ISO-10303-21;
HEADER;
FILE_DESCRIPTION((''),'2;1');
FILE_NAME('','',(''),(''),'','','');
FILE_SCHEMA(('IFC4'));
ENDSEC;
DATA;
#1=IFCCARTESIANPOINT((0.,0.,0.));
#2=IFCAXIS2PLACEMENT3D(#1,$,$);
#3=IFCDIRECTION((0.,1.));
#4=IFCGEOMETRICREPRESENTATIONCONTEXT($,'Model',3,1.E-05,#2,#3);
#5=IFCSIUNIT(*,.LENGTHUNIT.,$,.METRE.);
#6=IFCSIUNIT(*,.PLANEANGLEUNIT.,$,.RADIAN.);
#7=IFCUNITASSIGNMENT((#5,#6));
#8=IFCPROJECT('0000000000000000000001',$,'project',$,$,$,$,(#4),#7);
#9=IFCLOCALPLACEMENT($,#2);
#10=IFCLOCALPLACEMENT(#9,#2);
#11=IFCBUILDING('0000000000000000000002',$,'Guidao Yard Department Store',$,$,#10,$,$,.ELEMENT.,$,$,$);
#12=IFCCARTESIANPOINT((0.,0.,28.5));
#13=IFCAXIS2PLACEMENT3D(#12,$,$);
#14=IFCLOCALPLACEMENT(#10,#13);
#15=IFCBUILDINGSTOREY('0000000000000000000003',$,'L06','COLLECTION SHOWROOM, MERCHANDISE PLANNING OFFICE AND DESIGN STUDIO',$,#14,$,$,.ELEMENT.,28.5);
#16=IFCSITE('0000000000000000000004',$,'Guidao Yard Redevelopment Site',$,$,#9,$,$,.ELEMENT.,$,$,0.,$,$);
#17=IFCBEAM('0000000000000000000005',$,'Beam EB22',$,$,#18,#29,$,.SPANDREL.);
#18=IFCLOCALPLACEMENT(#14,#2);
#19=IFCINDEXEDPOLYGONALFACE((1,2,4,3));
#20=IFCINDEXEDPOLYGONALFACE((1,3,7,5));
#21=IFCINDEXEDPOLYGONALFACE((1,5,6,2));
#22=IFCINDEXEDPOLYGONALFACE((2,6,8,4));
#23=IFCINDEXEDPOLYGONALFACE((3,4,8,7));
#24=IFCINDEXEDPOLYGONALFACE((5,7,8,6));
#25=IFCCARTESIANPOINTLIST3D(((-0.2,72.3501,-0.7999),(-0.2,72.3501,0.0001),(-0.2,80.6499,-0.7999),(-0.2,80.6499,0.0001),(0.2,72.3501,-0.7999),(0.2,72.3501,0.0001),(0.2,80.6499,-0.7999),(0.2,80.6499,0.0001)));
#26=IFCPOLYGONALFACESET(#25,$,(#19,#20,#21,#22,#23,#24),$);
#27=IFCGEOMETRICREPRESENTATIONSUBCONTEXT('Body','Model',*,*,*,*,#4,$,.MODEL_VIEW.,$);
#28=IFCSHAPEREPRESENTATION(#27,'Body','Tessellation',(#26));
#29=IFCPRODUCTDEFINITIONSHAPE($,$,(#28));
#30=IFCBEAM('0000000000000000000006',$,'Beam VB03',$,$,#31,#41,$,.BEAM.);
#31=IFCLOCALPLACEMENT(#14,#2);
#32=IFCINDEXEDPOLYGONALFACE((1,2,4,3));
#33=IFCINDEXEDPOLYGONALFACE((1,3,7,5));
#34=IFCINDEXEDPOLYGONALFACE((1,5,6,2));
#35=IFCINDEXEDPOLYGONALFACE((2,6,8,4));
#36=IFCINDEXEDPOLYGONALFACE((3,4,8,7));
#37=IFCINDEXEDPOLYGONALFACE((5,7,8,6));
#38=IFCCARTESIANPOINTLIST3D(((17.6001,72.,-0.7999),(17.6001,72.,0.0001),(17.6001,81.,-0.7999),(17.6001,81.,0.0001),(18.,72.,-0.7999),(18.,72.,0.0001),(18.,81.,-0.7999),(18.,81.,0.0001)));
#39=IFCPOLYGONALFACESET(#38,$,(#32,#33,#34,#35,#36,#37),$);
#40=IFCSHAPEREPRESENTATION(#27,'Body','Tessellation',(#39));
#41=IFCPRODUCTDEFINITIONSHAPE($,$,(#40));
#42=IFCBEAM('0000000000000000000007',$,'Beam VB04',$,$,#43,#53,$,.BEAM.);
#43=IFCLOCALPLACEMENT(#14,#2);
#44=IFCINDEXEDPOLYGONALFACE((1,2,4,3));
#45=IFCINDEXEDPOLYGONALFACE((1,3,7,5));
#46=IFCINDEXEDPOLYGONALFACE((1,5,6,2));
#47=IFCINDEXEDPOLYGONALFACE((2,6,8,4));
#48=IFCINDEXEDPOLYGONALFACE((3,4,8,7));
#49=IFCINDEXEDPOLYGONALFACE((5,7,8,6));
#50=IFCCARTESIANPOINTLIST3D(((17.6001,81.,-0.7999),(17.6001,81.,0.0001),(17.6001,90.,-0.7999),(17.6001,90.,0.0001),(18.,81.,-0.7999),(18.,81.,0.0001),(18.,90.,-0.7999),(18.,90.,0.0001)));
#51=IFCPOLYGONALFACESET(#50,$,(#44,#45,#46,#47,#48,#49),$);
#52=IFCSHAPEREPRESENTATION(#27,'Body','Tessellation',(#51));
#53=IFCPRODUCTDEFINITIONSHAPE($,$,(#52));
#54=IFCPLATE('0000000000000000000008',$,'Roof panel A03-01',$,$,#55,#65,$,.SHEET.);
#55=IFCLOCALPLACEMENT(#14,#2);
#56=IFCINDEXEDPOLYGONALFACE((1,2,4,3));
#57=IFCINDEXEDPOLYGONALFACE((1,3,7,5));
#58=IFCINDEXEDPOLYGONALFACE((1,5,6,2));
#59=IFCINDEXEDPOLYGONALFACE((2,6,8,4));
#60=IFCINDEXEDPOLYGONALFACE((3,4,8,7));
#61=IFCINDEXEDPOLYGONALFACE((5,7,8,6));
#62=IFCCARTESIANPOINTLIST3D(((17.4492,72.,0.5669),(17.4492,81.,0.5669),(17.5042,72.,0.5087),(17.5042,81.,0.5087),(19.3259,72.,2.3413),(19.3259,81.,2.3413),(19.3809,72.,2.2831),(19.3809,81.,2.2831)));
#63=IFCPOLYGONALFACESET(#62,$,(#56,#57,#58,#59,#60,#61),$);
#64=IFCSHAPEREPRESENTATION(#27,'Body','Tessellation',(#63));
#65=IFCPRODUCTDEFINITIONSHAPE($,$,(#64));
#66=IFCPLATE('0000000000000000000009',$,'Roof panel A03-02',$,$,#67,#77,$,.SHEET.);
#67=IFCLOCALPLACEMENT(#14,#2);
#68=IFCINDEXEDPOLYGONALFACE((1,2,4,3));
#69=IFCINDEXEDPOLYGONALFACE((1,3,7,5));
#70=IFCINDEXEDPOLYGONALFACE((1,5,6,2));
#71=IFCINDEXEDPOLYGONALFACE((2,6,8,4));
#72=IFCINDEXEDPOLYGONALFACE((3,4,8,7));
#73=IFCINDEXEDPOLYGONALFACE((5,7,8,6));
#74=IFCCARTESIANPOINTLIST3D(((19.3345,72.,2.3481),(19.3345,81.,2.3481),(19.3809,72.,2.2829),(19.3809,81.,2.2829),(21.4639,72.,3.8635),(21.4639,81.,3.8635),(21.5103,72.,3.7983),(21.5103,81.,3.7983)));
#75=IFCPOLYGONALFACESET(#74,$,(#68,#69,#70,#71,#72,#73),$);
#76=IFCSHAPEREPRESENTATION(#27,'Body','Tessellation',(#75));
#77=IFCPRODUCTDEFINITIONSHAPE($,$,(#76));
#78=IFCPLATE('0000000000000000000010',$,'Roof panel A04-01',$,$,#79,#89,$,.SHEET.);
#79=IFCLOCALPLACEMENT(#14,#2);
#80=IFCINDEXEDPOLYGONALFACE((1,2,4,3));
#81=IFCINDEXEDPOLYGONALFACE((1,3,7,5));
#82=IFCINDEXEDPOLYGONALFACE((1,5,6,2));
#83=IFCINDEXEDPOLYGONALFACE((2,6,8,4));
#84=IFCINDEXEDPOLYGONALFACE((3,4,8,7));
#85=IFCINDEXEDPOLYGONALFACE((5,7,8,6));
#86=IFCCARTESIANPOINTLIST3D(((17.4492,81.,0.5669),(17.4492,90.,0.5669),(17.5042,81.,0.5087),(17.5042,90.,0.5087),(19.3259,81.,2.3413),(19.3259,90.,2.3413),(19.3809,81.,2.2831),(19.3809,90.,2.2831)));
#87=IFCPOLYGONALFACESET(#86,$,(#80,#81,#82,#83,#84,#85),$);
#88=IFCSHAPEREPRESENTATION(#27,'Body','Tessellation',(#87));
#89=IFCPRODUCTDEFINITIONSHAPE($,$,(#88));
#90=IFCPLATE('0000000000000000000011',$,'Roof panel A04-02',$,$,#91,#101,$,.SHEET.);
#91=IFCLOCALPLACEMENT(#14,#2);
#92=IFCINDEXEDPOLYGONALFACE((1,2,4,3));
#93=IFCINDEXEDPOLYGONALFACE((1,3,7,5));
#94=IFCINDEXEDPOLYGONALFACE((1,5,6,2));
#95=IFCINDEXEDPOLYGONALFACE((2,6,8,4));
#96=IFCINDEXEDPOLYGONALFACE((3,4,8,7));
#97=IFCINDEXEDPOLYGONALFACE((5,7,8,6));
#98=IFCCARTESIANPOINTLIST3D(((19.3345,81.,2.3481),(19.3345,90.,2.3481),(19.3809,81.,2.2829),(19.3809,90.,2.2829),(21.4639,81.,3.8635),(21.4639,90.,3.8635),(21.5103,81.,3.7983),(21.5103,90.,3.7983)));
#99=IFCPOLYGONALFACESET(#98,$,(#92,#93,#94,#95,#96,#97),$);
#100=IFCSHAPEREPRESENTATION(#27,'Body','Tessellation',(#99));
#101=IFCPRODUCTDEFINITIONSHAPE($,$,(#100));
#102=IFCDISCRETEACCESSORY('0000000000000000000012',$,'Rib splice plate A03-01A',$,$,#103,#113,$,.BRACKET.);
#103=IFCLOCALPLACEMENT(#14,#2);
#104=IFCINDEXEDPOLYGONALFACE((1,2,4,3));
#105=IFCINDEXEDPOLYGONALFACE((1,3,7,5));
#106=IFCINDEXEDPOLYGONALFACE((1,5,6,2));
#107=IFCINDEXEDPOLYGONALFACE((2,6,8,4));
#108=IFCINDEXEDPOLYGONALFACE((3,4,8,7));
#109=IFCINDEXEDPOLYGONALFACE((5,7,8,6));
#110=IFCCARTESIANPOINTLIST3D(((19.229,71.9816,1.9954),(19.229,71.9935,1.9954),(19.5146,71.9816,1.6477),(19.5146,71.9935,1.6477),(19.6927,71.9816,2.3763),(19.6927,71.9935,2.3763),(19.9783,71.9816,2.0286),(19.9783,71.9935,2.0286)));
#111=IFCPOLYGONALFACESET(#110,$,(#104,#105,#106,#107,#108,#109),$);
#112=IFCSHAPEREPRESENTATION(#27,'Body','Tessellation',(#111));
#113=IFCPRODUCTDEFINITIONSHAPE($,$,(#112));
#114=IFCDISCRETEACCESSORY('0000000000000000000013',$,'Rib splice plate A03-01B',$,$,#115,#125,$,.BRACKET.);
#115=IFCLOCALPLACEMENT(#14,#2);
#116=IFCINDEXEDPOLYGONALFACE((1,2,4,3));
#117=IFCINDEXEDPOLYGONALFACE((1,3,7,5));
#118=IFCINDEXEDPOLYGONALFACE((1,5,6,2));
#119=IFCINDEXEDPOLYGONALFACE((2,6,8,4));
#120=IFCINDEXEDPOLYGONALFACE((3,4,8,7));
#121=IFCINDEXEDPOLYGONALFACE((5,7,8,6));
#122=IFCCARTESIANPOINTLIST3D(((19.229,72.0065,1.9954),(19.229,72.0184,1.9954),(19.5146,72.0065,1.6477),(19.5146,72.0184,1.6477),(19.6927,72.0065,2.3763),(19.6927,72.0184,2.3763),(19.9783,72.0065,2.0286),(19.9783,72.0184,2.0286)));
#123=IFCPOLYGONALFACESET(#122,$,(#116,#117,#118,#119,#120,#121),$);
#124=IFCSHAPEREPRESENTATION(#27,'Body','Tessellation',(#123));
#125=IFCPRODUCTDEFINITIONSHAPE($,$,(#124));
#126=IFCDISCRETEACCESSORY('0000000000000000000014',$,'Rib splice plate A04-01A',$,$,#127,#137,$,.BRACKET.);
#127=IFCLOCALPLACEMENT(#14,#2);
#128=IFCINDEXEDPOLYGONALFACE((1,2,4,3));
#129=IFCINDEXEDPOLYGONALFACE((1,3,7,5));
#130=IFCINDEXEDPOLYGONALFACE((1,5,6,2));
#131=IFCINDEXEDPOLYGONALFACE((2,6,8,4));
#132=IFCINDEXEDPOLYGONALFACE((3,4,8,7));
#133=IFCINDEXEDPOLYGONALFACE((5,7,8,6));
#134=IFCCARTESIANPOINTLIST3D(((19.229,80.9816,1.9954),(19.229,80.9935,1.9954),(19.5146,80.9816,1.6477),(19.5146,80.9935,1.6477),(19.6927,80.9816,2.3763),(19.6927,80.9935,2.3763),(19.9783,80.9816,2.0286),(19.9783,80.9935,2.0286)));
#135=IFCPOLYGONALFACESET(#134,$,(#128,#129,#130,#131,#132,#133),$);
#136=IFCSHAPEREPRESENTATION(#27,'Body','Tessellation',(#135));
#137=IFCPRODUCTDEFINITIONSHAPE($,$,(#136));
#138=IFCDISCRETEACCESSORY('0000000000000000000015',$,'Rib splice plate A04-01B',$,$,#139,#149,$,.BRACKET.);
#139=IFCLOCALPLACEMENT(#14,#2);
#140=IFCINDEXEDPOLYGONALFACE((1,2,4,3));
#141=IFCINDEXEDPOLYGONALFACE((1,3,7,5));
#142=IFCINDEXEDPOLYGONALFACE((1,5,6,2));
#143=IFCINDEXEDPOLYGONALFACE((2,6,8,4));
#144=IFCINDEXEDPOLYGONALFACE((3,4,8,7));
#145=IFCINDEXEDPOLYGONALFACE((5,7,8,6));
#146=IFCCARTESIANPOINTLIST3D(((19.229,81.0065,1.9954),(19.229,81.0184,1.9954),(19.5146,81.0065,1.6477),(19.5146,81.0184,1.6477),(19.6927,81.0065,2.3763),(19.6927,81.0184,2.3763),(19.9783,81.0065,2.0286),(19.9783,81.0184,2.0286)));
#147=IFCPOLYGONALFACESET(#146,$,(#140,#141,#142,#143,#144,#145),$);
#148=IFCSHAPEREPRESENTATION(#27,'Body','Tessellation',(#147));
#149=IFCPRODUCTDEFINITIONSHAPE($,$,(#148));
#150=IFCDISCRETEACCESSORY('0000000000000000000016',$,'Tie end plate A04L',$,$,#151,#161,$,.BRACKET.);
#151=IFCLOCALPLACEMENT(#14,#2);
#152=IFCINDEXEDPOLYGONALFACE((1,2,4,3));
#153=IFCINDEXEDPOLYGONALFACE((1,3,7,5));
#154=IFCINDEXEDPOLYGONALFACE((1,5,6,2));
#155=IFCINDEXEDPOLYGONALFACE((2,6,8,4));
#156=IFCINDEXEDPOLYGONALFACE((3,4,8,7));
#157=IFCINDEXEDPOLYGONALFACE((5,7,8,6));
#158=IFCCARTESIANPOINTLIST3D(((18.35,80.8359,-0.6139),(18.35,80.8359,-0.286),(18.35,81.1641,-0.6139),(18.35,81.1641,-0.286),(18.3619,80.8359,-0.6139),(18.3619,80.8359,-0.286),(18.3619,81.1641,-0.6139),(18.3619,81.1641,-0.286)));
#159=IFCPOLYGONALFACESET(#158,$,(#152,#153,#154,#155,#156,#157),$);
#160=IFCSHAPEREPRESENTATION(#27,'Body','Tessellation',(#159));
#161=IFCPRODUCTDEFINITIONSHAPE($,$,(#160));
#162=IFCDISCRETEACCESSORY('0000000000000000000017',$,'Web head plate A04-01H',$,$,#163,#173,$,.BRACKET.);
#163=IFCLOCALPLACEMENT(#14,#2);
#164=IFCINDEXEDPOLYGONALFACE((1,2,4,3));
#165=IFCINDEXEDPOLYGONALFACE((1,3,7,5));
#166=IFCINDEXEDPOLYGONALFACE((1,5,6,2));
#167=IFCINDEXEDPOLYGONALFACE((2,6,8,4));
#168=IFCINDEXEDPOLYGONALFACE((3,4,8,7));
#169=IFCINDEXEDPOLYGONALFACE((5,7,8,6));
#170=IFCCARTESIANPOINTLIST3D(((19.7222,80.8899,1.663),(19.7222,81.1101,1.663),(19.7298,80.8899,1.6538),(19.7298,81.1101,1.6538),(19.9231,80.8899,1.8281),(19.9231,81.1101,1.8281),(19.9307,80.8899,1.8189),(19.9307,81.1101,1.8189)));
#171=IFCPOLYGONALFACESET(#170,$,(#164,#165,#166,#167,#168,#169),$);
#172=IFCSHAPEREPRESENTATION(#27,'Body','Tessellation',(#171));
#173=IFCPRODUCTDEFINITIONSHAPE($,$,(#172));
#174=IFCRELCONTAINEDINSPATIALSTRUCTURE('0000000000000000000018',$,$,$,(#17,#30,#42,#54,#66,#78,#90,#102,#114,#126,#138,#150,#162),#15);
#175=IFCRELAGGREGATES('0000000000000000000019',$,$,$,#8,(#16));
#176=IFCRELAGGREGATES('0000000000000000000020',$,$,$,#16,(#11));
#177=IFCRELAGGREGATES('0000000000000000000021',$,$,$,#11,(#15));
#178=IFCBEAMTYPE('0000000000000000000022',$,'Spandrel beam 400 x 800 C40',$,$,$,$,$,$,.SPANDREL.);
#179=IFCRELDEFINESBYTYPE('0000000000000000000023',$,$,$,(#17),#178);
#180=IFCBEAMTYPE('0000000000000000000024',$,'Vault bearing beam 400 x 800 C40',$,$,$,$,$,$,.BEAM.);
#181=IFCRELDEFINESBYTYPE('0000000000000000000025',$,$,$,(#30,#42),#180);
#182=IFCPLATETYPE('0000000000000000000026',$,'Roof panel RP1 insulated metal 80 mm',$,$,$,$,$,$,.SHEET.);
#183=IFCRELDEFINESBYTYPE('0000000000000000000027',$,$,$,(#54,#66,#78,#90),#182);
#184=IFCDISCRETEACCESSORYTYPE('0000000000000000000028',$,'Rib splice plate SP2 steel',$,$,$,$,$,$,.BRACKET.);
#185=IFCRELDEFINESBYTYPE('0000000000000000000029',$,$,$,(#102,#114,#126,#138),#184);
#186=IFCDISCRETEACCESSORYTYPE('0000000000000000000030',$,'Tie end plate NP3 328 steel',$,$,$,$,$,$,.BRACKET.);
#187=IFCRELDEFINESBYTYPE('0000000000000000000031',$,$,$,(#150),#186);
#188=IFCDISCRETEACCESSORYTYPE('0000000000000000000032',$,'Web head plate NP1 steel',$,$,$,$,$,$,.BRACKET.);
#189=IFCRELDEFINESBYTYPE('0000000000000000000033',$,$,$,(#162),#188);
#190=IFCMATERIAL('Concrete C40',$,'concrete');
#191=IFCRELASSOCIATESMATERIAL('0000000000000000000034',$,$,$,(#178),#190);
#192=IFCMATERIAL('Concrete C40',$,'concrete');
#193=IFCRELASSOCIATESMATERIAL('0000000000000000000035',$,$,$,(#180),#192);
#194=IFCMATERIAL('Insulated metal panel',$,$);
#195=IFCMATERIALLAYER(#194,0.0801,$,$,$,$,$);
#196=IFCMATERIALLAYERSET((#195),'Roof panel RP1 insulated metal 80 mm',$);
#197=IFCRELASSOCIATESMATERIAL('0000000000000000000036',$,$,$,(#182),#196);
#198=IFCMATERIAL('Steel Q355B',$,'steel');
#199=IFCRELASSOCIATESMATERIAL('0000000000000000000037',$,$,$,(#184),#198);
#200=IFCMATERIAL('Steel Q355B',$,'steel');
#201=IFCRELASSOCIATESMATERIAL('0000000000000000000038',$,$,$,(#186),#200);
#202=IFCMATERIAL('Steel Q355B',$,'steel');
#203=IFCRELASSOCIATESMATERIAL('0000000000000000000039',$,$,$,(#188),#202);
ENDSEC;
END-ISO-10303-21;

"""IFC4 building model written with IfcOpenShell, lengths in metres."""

from ifc_helpers import new_model, si_unit, direction, frame, origin, origin_2d, place, context, subcontext, project, spatial, polyline, rectangle, outline, extrude, material, layer, layer_set, material_profile, profile_set, type_object, element, save


model = new_model("IFC4")

# Units and contexts
model_context = context("Model", 3, precision=1e-05, world=origin(), true_north=direction((0.0, 1.0)))
body_context = subcontext(model_context, "Body", "Model", "MODEL_VIEW")
ifc_project = project(units=[si_unit("LENGTHUNIT", "METRE"), si_unit("PLANEANGLEUNIT", "RADIAN")], contexts=[model_context])

# Site, building, storey
site_placement = place(None, origin())
site = spatial("IfcSite", under=ifc_project, at=site_placement, Name="Guidao Yard Redevelopment Site", CompositionType="ELEMENT", RefElevation=0.0)
building_placement = place(site_placement, origin())
building = spatial("IfcBuilding", under=site, at=building_placement, Name="Guidao Yard Department Store", CompositionType="ELEMENT")
storey_placement = place(building_placement, frame((0.0, 0.0, 28.5)))
storey = spatial("IfcBuildingStorey", under=building, at=storey_placement, Name="L06", Description="COLLECTION SHOWROOM, MERCHANDISE PLANNING OFFICE AND DESIGN STUDIO", CompositionType="ELEMENT", Elevation=28.5)

# Beams
ifc_material_1 = material(Name="Concrete C40", Category="concrete")
ifc_material_profile_1 = material_profile(ifc_material_1, rectangle(XDim=0.3999, YDim=0.8, at=origin_2d()), Name="Spandrel beam 400 x 800 C40")
ifc_profile_set_1 = profile_set([ifc_material_profile_1], Name="Concrete C40")
beam_type_1 = type_object("IfcBeamType", Name="Spandrel beam 400 x 800 C40", PredefinedType="SPANDREL", material=ifc_profile_set_1)
beam_1_placement = place(storey_placement, frame((0.0, 72.3501, -0.3999), z_axis=(0.0, 1.0, 0.0), x_axis=(-1.0, 0.0, 0.0)))
element("IfcBeam", 1, at=beam_1_placement, inside=storey, type_object=beam_type_1, Name="Beam EB22", PredefinedType="SPANDREL", context=body_context, shape_type="SweptSolid", body=[
    extrude(rectangle(XDim=0.3999, YDim=0.8, at=origin_2d()), origin(), (0.0, 0.0, 1.0), 8.2998),
])
ifc_material_2 = material(Name="Concrete C40", Category="concrete")
ifc_material_profile_2 = material_profile(ifc_material_2, rectangle(XDim=0.3999, YDim=0.8, at=origin_2d()), Name="Vault bearing beam 400 x 800 C40")
ifc_profile_set_2 = profile_set([ifc_material_profile_2], Name="Concrete C40")
beam_type_2 = type_object("IfcBeamType", Name="Vault bearing beam 400 x 800 C40", PredefinedType="BEAM", material=ifc_profile_set_2)
for number, where, z_axis, x_axis, name in (
    (2, (17.8, 72.0, -0.3999), (0.0, 1.0, 0.0), (-1.0, 0.0, 0.0), "Beam VB03"),
    (3, (17.8, 81.0, -0.3999), (0.0, 1.0, 0.0), (-1.0, 0.0, 0.0), "Beam VB04"),
):
    element("IfcBeam", number, at=place(storey_placement, frame(where, z_axis=z_axis, x_axis=x_axis)), inside=storey, type_object=beam_type_2, Name=name, PredefinedType="BEAM", context=body_context, shape_type="SweptSolid", body=[
        extrude(rectangle(XDim=0.3999, YDim=0.8, at=origin_2d()), origin(), (0.0, 0.0, 1.0), 9.0),
    ])

# Plates
ifc_material_3 = material(Name="Insulated metal panel")
ifc_layer = layer(ifc_material_3, 0.0801)
ifc_layer_set = layer_set([ifc_layer], Name="Roof panel RP1 insulated metal 80 mm")
plate_type = type_object("IfcPlateType", Name="Roof panel RP1 insulated metal 80 mm", PredefinedType="SHEET", material=ifc_layer_set)
plate_1_placement = place(storey_placement, frame((17.4492, 72.0, 0.5669), z_axis=(-0.687026, 0.0, 0.726633), x_axis=(0.726633, 0.0, 0.687026)))
element("IfcPlate", 4, at=plate_1_placement, inside=storey, type_object=plate_type, Name="Roof panel A03-01", PredefinedType="SHEET", context=body_context, shape_type="SweptSolid", body=[
    extrude(outline(polyline([(0.0, 0.0), (2.5827, 0.0), (2.5827, 9.0), (0.0, 9.0), (0.0, 0.0)])), origin(), (0.0, 0.0, -1.0), 0.0801),
])
plate_2_placement = place(storey_placement, frame((19.3345, 72.0, 2.3481), z_axis=(-0.579815, 0.0, 0.814748), x_axis=(0.814748, 0.0, 0.579815)))
element("IfcPlate", 5, at=plate_2_placement, inside=storey, type_object=plate_type, Name="Roof panel A03-02", PredefinedType="SHEET", context=body_context, shape_type="SweptSolid", body=[
    extrude(outline(polyline([(0.0, 0.0), (2.6136, 0.0), (2.6136, 9.0), (0.0, 9.0), (0.0, 0.0)])), origin(), (0.0, 0.0, -1.0), 0.0801),
])
plate_3_placement = place(storey_placement, frame((17.4492, 81.0, 0.5669), z_axis=(-0.687026, 0.0, 0.726633), x_axis=(0.726633, 0.0, 0.687026)))
element("IfcPlate", 6, at=plate_3_placement, inside=storey, type_object=plate_type, Name="Roof panel A04-01", PredefinedType="SHEET", context=body_context, shape_type="SweptSolid", body=[
    extrude(outline(polyline([(0.0, 0.0), (2.5827, 0.0), (2.5827, 9.0), (0.0, 9.0), (0.0, 0.0)])), origin(), (0.0, 0.0, -1.0), 0.0801),
])
plate_4_placement = place(storey_placement, frame((19.3345, 81.0, 2.3481), z_axis=(-0.579815, 0.0, 0.814748), x_axis=(0.814748, 0.0, 0.579815)))
element("IfcPlate", 7, at=plate_4_placement, inside=storey, type_object=plate_type, Name="Roof panel A04-02", PredefinedType="SHEET", context=body_context, shape_type="SweptSolid", body=[
    extrude(outline(polyline([(0.0, 0.0), (2.6136, 0.0), (2.6136, 9.0), (0.0, 9.0), (0.0, 0.0)])), origin(), (0.0, 0.0, -1.0), 0.0801),
])

# Discrete accessories
ifc_material_4 = material(Name="Steel Q355B", Category="steel")
ifc_material_profile_3 = material_profile(ifc_material_4, rectangle(XDim=0.012, YDim=0.45, at=origin_2d()), Name="Splice plate 450x12")
ifc_profile_set_3 = profile_set([ifc_material_profile_3], Name="Steel Q355B")
discrete_accessory_type_1 = type_object("IfcDiscreteAccessoryType", Name="Rib splice plate SP2 steel", PredefinedType="BRACKET", material=ifc_profile_set_3)
for number, where, z_axis, x_axis, name in (
    (8, (19.3718, 71.9875, 1.8215), (0.772705, 0.0, 0.634765), (0.0, 1.0, 0.0), "Rib splice plate A03-01A"),
    (9, (19.3718, 72.0125, 1.8215), (0.772705, 0.0, 0.634765), (0.0, 1.0, 0.0), "Rib splice plate A03-01B"),
    (10, (19.3718, 80.9875, 1.8215), (0.772705, 0.0, 0.634765), (0.0, 1.0, 0.0), "Rib splice plate A04-01A"),
    (11, (19.3718, 81.0125, 1.8215), (0.772705, 0.0, 0.634765), (0.0, 1.0, 0.0), "Rib splice plate A04-01B"),
):
    element("IfcDiscreteAccessory", number, at=place(storey_placement, frame(where, z_axis=z_axis, x_axis=x_axis)), inside=storey, type_object=discrete_accessory_type_1, Name=name, PredefinedType="BRACKET", context=body_context, shape_type="SweptSolid", body=[
        extrude(rectangle(XDim=0.012, YDim=0.45, at=origin_2d()), origin(), (0.0, 0.0, 1.0), 0.6001),
    ])
ifc_material_5 = material(Name="Steel Q355B", Category="steel")
ifc_material_profile_4 = material_profile(ifc_material_5, rectangle(XDim=0.3279, YDim=0.012, at=origin_2d()), Name="Node plate 328x12")
ifc_profile_set_4 = profile_set([ifc_material_profile_4], Name="Steel Q355B")
discrete_accessory_type_2 = type_object("IfcDiscreteAccessoryType", Name="Tie end plate NP3 328 steel", PredefinedType="BRACKET", material=ifc_profile_set_4)
discrete_accessory_1_placement = place(storey_placement, frame((18.356, 80.8359, -0.45), z_axis=(0.0, 1.0, 0.0), x_axis=(0.0, 0.0, 1.0)))
element("IfcDiscreteAccessory", 12, at=discrete_accessory_1_placement, inside=storey, type_object=discrete_accessory_type_2, Name="Tie end plate A04L", PredefinedType="BRACKET", context=body_context, shape_type="SweptSolid", body=[
    extrude(rectangle(XDim=0.3279, YDim=0.012, at=origin_2d()), origin(), (0.0, 0.0, 1.0), 0.3281),
])
ifc_material_6 = material(Name="Steel Q355B", Category="steel")
ifc_material_profile_5 = material_profile(ifc_material_6, rectangle(XDim=0.26, YDim=0.012, at=origin_2d()), Name="Node plate 260x12")
ifc_profile_set_5 = profile_set([ifc_material_profile_5], Name="Steel Q355B")
discrete_accessory_type_3 = type_object("IfcDiscreteAccessoryType", Name="Web head plate NP1 steel", PredefinedType="BRACKET", material=ifc_profile_set_5)
discrete_accessory_2_placement = place(storey_placement, frame((19.8264, 80.8899, 1.741), z_axis=(0.0, 1.0, 0.0), x_axis=(-0.77257, 0.0, -0.63493)))
element("IfcDiscreteAccessory", 13, at=discrete_accessory_2_placement, inside=storey, type_object=discrete_accessory_type_3, Name="Web head plate A04-01H", PredefinedType="BRACKET", context=body_context, shape_type="SweptSolid", body=[
    extrude(rectangle(XDim=0.26, YDim=0.012, at=origin_2d()), origin(), (0.0, 0.0, 1.0), 0.2202),
])

save(model, "model.ifc")
